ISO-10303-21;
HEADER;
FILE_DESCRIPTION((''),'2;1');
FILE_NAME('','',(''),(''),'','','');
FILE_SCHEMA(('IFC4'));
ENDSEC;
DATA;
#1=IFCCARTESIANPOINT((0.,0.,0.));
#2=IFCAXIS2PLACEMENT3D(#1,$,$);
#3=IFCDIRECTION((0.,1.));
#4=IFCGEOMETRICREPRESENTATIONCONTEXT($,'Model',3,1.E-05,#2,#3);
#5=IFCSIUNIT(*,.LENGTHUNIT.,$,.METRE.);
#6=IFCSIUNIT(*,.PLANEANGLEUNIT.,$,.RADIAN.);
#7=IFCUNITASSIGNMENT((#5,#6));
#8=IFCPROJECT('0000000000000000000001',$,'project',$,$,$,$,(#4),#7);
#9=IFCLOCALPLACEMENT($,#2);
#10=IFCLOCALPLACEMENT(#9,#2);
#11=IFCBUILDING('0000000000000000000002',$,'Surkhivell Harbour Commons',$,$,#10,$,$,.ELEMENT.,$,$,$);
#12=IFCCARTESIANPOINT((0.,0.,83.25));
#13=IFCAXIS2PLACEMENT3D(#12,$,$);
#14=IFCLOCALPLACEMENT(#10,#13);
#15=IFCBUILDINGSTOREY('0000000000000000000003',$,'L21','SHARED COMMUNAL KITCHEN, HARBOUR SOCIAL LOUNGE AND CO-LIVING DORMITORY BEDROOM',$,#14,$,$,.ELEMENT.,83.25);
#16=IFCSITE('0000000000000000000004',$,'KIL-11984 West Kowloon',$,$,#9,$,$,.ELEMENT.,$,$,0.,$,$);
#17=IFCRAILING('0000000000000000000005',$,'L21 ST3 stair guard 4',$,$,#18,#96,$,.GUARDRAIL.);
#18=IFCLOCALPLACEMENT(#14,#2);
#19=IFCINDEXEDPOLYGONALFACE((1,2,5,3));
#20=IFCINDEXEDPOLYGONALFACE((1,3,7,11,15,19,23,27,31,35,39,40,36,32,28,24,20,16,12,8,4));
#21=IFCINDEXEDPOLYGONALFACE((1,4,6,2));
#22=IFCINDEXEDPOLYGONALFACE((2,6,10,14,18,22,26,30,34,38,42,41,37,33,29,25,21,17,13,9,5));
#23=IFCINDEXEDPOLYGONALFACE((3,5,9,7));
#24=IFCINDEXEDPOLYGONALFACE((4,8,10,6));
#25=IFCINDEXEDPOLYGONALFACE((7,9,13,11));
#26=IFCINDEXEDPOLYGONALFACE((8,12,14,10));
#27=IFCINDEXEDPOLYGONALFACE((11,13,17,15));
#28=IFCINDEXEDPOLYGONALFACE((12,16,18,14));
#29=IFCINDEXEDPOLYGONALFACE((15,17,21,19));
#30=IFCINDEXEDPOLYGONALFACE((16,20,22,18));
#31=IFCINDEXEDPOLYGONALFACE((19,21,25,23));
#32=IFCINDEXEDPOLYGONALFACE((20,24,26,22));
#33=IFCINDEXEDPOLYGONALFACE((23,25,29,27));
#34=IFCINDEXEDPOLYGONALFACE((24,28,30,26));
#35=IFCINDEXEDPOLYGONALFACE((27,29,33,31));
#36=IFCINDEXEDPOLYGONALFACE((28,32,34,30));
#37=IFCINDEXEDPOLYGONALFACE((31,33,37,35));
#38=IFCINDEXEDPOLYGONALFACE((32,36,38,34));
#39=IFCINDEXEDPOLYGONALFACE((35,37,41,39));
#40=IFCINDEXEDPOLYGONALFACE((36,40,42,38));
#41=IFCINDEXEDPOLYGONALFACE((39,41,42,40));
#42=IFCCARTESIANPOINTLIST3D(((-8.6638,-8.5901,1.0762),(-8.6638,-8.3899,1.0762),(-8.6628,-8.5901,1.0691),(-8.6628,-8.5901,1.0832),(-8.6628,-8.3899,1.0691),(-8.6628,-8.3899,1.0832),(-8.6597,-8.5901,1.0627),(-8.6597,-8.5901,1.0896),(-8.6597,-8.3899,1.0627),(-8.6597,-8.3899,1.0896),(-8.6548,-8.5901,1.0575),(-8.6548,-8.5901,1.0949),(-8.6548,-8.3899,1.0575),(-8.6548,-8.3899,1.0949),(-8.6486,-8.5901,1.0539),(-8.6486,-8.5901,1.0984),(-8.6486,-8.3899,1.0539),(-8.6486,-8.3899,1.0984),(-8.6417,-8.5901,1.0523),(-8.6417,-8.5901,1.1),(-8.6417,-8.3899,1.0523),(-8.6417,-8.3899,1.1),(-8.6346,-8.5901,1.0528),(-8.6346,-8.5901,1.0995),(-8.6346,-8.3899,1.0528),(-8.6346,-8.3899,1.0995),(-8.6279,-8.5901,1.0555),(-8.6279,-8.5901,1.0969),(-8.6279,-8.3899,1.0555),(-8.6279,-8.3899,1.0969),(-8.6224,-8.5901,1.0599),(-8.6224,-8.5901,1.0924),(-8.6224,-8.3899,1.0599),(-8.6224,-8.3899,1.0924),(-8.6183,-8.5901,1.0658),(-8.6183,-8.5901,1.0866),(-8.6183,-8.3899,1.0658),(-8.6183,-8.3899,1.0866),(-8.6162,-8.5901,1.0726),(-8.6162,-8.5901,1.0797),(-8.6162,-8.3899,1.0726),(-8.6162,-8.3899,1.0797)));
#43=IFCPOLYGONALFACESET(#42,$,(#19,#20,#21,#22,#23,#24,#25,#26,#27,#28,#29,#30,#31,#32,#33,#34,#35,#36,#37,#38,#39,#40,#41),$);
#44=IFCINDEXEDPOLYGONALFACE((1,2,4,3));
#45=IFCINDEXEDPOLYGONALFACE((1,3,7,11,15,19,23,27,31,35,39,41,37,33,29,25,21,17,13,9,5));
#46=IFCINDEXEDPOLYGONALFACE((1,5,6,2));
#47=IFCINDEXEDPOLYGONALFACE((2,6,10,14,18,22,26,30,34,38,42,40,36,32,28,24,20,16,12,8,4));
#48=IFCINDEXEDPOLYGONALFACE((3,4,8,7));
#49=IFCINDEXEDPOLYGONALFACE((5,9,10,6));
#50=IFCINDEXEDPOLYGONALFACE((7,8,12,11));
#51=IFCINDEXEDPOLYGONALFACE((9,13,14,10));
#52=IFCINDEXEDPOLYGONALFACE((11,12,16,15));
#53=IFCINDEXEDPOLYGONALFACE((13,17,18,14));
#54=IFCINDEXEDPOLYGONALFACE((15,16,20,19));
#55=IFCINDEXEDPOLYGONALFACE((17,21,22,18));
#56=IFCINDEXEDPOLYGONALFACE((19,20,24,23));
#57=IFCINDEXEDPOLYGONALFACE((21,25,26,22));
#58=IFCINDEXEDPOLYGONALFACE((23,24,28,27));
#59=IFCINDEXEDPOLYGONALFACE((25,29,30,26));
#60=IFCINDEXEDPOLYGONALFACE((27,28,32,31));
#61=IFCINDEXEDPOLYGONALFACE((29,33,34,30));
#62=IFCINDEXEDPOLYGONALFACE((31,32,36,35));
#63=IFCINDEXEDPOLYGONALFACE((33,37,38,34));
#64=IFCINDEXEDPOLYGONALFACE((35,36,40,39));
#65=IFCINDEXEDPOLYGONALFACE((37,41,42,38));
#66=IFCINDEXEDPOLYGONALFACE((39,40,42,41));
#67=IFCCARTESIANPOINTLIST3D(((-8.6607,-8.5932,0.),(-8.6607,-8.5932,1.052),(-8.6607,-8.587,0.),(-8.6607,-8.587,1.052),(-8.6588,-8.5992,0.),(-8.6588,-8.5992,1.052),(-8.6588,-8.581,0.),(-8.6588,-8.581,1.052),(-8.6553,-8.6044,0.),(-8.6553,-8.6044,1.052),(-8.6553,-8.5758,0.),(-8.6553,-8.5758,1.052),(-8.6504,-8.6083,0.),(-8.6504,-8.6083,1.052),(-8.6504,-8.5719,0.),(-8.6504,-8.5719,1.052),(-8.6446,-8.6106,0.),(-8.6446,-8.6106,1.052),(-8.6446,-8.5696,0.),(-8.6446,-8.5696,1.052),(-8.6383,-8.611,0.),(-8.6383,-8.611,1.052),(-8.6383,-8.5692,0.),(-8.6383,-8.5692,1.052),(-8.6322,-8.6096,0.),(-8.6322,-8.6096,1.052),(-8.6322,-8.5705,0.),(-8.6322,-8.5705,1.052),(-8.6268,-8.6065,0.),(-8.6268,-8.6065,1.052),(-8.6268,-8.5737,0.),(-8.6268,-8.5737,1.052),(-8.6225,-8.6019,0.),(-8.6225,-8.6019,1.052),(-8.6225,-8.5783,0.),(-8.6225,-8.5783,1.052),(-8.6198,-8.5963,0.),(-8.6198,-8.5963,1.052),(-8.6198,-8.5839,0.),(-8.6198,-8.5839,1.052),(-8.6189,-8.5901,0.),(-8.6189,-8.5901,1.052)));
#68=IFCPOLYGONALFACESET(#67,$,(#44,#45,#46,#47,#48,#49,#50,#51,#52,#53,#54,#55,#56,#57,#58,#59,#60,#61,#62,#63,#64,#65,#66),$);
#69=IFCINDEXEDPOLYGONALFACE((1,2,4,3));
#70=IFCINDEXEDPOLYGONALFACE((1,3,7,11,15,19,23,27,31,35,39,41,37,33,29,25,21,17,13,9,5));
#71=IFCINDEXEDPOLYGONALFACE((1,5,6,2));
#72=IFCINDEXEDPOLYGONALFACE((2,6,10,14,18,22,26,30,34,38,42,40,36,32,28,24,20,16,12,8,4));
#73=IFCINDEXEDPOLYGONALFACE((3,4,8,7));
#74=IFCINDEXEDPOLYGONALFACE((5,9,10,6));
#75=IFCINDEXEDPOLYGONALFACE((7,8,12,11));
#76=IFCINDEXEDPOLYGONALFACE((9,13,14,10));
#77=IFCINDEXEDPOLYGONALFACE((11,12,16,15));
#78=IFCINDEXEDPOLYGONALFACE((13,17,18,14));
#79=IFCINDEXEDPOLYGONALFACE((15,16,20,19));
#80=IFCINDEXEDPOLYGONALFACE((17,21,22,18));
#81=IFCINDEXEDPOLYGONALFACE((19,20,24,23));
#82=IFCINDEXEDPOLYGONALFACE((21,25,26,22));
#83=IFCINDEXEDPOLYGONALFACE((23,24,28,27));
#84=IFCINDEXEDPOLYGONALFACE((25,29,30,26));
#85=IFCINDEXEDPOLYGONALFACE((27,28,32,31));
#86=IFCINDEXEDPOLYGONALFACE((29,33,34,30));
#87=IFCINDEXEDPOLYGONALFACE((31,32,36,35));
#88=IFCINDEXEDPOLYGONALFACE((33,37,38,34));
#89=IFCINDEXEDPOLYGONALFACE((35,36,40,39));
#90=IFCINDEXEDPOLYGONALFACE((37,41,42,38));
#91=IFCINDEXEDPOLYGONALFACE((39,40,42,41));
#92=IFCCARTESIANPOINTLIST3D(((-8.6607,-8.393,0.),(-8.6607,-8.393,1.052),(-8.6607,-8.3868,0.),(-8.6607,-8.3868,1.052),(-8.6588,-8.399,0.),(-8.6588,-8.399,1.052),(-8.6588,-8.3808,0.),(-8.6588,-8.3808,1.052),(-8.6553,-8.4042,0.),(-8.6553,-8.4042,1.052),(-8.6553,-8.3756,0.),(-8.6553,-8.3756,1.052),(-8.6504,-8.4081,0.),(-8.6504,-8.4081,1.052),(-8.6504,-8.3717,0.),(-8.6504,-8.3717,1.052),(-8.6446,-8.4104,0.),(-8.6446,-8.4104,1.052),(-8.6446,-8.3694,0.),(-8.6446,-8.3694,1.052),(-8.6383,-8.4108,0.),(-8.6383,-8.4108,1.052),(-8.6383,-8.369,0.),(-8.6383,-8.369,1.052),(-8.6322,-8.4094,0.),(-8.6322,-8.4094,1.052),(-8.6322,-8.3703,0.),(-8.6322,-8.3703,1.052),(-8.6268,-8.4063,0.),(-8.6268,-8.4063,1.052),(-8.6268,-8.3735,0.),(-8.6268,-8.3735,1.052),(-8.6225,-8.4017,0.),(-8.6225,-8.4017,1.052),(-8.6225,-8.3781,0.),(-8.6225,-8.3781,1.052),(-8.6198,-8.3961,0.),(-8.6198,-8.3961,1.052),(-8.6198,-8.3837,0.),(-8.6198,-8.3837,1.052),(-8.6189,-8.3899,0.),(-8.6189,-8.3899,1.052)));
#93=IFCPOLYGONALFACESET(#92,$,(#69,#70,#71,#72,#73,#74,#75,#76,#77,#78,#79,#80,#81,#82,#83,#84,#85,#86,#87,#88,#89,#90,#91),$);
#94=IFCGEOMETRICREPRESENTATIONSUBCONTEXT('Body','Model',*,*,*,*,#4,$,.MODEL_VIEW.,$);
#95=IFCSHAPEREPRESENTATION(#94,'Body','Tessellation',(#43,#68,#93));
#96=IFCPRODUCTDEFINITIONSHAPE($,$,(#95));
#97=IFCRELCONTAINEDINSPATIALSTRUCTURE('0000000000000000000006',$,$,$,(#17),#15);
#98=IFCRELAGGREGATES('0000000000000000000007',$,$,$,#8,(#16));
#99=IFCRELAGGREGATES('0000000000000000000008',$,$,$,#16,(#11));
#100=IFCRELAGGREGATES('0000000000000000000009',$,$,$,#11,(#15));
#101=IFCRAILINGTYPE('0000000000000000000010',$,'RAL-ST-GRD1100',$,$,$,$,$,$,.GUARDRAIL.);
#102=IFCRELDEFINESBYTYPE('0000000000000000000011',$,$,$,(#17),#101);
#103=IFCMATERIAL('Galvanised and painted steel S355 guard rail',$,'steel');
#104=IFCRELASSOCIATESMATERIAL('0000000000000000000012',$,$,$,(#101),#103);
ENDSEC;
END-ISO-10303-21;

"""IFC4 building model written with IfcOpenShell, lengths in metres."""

from ifc_helpers import new_model, si_unit, direction, frame, origin, origin_2d, place, context, subcontext, project, spatial, circle, extrude, material, type_object, element, save


model = new_model("IFC4")

# Units and contexts
model_context = context("Model", 3, precision=1e-05, world=origin(), true_north=direction((0.0, 1.0)))
body_context = subcontext(model_context, "Body", "Model", "MODEL_VIEW")
ifc_project = project(units=[si_unit("LENGTHUNIT", "METRE"), si_unit("PLANEANGLEUNIT", "RADIAN")], contexts=[model_context])

# Site, building, storey
site_placement = place(None, origin())
site = spatial("IfcSite", under=ifc_project, at=site_placement, Name="KIL-11984 West Kowloon", CompositionType="ELEMENT", RefElevation=0.0)
building_placement = place(site_placement, origin())
building = spatial("IfcBuilding", under=site, at=building_placement, Name="Surkhivell Harbour Commons", CompositionType="ELEMENT")
storey_placement = place(building_placement, frame((0.0, 0.0, 83.25)))
storey = spatial("IfcBuildingStorey", under=building, at=storey_placement, Name="L21", Description="SHARED COMMUNAL KITCHEN, HARBOUR SOCIAL LOUNGE AND CO-LIVING DORMITORY BEDROOM", CompositionType="ELEMENT", Elevation=83.25)

# Railing
ifc_material_1 = material(Name="Galvanised and painted steel S355 guard rail", Category="steel")
railing_type_1 = type_object("IfcRailingType", Name="RAL-ST-GRD1100", PredefinedType="GUARDRAIL", material=ifc_material_1)
railing_1_placement = place(storey_placement, frame((-8.6399, -8.5901, 0.0)))
element("IfcRailing", 1, at=railing_1_placement, inside=storey, type_object=railing_type_1, Name="L21 ST3 stair guard 4", PredefinedType="GUARDRAIL", context=body_context, shape_type="SweptSolid", body=[
    extrude(circle(Radius=0.0239, at=origin_2d()), frame((0.0, 0.0, 1.0762), z_axis=(0.0, 1.0, 0.0), x_axis=(-1.0, 0.0, 0.0)), (0.0, 0.0, 1.0), 0.2002),
    extrude(circle(Radius=0.021, at=origin_2d()), origin(), (0.0, 0.0, 1.0), 1.052),
    extrude(circle(Radius=0.021, at=origin_2d()), frame((0.0, 0.2002, 0.0)), (0.0, 0.0, 1.0), 1.052),
])

save(model, "model.ifc")
